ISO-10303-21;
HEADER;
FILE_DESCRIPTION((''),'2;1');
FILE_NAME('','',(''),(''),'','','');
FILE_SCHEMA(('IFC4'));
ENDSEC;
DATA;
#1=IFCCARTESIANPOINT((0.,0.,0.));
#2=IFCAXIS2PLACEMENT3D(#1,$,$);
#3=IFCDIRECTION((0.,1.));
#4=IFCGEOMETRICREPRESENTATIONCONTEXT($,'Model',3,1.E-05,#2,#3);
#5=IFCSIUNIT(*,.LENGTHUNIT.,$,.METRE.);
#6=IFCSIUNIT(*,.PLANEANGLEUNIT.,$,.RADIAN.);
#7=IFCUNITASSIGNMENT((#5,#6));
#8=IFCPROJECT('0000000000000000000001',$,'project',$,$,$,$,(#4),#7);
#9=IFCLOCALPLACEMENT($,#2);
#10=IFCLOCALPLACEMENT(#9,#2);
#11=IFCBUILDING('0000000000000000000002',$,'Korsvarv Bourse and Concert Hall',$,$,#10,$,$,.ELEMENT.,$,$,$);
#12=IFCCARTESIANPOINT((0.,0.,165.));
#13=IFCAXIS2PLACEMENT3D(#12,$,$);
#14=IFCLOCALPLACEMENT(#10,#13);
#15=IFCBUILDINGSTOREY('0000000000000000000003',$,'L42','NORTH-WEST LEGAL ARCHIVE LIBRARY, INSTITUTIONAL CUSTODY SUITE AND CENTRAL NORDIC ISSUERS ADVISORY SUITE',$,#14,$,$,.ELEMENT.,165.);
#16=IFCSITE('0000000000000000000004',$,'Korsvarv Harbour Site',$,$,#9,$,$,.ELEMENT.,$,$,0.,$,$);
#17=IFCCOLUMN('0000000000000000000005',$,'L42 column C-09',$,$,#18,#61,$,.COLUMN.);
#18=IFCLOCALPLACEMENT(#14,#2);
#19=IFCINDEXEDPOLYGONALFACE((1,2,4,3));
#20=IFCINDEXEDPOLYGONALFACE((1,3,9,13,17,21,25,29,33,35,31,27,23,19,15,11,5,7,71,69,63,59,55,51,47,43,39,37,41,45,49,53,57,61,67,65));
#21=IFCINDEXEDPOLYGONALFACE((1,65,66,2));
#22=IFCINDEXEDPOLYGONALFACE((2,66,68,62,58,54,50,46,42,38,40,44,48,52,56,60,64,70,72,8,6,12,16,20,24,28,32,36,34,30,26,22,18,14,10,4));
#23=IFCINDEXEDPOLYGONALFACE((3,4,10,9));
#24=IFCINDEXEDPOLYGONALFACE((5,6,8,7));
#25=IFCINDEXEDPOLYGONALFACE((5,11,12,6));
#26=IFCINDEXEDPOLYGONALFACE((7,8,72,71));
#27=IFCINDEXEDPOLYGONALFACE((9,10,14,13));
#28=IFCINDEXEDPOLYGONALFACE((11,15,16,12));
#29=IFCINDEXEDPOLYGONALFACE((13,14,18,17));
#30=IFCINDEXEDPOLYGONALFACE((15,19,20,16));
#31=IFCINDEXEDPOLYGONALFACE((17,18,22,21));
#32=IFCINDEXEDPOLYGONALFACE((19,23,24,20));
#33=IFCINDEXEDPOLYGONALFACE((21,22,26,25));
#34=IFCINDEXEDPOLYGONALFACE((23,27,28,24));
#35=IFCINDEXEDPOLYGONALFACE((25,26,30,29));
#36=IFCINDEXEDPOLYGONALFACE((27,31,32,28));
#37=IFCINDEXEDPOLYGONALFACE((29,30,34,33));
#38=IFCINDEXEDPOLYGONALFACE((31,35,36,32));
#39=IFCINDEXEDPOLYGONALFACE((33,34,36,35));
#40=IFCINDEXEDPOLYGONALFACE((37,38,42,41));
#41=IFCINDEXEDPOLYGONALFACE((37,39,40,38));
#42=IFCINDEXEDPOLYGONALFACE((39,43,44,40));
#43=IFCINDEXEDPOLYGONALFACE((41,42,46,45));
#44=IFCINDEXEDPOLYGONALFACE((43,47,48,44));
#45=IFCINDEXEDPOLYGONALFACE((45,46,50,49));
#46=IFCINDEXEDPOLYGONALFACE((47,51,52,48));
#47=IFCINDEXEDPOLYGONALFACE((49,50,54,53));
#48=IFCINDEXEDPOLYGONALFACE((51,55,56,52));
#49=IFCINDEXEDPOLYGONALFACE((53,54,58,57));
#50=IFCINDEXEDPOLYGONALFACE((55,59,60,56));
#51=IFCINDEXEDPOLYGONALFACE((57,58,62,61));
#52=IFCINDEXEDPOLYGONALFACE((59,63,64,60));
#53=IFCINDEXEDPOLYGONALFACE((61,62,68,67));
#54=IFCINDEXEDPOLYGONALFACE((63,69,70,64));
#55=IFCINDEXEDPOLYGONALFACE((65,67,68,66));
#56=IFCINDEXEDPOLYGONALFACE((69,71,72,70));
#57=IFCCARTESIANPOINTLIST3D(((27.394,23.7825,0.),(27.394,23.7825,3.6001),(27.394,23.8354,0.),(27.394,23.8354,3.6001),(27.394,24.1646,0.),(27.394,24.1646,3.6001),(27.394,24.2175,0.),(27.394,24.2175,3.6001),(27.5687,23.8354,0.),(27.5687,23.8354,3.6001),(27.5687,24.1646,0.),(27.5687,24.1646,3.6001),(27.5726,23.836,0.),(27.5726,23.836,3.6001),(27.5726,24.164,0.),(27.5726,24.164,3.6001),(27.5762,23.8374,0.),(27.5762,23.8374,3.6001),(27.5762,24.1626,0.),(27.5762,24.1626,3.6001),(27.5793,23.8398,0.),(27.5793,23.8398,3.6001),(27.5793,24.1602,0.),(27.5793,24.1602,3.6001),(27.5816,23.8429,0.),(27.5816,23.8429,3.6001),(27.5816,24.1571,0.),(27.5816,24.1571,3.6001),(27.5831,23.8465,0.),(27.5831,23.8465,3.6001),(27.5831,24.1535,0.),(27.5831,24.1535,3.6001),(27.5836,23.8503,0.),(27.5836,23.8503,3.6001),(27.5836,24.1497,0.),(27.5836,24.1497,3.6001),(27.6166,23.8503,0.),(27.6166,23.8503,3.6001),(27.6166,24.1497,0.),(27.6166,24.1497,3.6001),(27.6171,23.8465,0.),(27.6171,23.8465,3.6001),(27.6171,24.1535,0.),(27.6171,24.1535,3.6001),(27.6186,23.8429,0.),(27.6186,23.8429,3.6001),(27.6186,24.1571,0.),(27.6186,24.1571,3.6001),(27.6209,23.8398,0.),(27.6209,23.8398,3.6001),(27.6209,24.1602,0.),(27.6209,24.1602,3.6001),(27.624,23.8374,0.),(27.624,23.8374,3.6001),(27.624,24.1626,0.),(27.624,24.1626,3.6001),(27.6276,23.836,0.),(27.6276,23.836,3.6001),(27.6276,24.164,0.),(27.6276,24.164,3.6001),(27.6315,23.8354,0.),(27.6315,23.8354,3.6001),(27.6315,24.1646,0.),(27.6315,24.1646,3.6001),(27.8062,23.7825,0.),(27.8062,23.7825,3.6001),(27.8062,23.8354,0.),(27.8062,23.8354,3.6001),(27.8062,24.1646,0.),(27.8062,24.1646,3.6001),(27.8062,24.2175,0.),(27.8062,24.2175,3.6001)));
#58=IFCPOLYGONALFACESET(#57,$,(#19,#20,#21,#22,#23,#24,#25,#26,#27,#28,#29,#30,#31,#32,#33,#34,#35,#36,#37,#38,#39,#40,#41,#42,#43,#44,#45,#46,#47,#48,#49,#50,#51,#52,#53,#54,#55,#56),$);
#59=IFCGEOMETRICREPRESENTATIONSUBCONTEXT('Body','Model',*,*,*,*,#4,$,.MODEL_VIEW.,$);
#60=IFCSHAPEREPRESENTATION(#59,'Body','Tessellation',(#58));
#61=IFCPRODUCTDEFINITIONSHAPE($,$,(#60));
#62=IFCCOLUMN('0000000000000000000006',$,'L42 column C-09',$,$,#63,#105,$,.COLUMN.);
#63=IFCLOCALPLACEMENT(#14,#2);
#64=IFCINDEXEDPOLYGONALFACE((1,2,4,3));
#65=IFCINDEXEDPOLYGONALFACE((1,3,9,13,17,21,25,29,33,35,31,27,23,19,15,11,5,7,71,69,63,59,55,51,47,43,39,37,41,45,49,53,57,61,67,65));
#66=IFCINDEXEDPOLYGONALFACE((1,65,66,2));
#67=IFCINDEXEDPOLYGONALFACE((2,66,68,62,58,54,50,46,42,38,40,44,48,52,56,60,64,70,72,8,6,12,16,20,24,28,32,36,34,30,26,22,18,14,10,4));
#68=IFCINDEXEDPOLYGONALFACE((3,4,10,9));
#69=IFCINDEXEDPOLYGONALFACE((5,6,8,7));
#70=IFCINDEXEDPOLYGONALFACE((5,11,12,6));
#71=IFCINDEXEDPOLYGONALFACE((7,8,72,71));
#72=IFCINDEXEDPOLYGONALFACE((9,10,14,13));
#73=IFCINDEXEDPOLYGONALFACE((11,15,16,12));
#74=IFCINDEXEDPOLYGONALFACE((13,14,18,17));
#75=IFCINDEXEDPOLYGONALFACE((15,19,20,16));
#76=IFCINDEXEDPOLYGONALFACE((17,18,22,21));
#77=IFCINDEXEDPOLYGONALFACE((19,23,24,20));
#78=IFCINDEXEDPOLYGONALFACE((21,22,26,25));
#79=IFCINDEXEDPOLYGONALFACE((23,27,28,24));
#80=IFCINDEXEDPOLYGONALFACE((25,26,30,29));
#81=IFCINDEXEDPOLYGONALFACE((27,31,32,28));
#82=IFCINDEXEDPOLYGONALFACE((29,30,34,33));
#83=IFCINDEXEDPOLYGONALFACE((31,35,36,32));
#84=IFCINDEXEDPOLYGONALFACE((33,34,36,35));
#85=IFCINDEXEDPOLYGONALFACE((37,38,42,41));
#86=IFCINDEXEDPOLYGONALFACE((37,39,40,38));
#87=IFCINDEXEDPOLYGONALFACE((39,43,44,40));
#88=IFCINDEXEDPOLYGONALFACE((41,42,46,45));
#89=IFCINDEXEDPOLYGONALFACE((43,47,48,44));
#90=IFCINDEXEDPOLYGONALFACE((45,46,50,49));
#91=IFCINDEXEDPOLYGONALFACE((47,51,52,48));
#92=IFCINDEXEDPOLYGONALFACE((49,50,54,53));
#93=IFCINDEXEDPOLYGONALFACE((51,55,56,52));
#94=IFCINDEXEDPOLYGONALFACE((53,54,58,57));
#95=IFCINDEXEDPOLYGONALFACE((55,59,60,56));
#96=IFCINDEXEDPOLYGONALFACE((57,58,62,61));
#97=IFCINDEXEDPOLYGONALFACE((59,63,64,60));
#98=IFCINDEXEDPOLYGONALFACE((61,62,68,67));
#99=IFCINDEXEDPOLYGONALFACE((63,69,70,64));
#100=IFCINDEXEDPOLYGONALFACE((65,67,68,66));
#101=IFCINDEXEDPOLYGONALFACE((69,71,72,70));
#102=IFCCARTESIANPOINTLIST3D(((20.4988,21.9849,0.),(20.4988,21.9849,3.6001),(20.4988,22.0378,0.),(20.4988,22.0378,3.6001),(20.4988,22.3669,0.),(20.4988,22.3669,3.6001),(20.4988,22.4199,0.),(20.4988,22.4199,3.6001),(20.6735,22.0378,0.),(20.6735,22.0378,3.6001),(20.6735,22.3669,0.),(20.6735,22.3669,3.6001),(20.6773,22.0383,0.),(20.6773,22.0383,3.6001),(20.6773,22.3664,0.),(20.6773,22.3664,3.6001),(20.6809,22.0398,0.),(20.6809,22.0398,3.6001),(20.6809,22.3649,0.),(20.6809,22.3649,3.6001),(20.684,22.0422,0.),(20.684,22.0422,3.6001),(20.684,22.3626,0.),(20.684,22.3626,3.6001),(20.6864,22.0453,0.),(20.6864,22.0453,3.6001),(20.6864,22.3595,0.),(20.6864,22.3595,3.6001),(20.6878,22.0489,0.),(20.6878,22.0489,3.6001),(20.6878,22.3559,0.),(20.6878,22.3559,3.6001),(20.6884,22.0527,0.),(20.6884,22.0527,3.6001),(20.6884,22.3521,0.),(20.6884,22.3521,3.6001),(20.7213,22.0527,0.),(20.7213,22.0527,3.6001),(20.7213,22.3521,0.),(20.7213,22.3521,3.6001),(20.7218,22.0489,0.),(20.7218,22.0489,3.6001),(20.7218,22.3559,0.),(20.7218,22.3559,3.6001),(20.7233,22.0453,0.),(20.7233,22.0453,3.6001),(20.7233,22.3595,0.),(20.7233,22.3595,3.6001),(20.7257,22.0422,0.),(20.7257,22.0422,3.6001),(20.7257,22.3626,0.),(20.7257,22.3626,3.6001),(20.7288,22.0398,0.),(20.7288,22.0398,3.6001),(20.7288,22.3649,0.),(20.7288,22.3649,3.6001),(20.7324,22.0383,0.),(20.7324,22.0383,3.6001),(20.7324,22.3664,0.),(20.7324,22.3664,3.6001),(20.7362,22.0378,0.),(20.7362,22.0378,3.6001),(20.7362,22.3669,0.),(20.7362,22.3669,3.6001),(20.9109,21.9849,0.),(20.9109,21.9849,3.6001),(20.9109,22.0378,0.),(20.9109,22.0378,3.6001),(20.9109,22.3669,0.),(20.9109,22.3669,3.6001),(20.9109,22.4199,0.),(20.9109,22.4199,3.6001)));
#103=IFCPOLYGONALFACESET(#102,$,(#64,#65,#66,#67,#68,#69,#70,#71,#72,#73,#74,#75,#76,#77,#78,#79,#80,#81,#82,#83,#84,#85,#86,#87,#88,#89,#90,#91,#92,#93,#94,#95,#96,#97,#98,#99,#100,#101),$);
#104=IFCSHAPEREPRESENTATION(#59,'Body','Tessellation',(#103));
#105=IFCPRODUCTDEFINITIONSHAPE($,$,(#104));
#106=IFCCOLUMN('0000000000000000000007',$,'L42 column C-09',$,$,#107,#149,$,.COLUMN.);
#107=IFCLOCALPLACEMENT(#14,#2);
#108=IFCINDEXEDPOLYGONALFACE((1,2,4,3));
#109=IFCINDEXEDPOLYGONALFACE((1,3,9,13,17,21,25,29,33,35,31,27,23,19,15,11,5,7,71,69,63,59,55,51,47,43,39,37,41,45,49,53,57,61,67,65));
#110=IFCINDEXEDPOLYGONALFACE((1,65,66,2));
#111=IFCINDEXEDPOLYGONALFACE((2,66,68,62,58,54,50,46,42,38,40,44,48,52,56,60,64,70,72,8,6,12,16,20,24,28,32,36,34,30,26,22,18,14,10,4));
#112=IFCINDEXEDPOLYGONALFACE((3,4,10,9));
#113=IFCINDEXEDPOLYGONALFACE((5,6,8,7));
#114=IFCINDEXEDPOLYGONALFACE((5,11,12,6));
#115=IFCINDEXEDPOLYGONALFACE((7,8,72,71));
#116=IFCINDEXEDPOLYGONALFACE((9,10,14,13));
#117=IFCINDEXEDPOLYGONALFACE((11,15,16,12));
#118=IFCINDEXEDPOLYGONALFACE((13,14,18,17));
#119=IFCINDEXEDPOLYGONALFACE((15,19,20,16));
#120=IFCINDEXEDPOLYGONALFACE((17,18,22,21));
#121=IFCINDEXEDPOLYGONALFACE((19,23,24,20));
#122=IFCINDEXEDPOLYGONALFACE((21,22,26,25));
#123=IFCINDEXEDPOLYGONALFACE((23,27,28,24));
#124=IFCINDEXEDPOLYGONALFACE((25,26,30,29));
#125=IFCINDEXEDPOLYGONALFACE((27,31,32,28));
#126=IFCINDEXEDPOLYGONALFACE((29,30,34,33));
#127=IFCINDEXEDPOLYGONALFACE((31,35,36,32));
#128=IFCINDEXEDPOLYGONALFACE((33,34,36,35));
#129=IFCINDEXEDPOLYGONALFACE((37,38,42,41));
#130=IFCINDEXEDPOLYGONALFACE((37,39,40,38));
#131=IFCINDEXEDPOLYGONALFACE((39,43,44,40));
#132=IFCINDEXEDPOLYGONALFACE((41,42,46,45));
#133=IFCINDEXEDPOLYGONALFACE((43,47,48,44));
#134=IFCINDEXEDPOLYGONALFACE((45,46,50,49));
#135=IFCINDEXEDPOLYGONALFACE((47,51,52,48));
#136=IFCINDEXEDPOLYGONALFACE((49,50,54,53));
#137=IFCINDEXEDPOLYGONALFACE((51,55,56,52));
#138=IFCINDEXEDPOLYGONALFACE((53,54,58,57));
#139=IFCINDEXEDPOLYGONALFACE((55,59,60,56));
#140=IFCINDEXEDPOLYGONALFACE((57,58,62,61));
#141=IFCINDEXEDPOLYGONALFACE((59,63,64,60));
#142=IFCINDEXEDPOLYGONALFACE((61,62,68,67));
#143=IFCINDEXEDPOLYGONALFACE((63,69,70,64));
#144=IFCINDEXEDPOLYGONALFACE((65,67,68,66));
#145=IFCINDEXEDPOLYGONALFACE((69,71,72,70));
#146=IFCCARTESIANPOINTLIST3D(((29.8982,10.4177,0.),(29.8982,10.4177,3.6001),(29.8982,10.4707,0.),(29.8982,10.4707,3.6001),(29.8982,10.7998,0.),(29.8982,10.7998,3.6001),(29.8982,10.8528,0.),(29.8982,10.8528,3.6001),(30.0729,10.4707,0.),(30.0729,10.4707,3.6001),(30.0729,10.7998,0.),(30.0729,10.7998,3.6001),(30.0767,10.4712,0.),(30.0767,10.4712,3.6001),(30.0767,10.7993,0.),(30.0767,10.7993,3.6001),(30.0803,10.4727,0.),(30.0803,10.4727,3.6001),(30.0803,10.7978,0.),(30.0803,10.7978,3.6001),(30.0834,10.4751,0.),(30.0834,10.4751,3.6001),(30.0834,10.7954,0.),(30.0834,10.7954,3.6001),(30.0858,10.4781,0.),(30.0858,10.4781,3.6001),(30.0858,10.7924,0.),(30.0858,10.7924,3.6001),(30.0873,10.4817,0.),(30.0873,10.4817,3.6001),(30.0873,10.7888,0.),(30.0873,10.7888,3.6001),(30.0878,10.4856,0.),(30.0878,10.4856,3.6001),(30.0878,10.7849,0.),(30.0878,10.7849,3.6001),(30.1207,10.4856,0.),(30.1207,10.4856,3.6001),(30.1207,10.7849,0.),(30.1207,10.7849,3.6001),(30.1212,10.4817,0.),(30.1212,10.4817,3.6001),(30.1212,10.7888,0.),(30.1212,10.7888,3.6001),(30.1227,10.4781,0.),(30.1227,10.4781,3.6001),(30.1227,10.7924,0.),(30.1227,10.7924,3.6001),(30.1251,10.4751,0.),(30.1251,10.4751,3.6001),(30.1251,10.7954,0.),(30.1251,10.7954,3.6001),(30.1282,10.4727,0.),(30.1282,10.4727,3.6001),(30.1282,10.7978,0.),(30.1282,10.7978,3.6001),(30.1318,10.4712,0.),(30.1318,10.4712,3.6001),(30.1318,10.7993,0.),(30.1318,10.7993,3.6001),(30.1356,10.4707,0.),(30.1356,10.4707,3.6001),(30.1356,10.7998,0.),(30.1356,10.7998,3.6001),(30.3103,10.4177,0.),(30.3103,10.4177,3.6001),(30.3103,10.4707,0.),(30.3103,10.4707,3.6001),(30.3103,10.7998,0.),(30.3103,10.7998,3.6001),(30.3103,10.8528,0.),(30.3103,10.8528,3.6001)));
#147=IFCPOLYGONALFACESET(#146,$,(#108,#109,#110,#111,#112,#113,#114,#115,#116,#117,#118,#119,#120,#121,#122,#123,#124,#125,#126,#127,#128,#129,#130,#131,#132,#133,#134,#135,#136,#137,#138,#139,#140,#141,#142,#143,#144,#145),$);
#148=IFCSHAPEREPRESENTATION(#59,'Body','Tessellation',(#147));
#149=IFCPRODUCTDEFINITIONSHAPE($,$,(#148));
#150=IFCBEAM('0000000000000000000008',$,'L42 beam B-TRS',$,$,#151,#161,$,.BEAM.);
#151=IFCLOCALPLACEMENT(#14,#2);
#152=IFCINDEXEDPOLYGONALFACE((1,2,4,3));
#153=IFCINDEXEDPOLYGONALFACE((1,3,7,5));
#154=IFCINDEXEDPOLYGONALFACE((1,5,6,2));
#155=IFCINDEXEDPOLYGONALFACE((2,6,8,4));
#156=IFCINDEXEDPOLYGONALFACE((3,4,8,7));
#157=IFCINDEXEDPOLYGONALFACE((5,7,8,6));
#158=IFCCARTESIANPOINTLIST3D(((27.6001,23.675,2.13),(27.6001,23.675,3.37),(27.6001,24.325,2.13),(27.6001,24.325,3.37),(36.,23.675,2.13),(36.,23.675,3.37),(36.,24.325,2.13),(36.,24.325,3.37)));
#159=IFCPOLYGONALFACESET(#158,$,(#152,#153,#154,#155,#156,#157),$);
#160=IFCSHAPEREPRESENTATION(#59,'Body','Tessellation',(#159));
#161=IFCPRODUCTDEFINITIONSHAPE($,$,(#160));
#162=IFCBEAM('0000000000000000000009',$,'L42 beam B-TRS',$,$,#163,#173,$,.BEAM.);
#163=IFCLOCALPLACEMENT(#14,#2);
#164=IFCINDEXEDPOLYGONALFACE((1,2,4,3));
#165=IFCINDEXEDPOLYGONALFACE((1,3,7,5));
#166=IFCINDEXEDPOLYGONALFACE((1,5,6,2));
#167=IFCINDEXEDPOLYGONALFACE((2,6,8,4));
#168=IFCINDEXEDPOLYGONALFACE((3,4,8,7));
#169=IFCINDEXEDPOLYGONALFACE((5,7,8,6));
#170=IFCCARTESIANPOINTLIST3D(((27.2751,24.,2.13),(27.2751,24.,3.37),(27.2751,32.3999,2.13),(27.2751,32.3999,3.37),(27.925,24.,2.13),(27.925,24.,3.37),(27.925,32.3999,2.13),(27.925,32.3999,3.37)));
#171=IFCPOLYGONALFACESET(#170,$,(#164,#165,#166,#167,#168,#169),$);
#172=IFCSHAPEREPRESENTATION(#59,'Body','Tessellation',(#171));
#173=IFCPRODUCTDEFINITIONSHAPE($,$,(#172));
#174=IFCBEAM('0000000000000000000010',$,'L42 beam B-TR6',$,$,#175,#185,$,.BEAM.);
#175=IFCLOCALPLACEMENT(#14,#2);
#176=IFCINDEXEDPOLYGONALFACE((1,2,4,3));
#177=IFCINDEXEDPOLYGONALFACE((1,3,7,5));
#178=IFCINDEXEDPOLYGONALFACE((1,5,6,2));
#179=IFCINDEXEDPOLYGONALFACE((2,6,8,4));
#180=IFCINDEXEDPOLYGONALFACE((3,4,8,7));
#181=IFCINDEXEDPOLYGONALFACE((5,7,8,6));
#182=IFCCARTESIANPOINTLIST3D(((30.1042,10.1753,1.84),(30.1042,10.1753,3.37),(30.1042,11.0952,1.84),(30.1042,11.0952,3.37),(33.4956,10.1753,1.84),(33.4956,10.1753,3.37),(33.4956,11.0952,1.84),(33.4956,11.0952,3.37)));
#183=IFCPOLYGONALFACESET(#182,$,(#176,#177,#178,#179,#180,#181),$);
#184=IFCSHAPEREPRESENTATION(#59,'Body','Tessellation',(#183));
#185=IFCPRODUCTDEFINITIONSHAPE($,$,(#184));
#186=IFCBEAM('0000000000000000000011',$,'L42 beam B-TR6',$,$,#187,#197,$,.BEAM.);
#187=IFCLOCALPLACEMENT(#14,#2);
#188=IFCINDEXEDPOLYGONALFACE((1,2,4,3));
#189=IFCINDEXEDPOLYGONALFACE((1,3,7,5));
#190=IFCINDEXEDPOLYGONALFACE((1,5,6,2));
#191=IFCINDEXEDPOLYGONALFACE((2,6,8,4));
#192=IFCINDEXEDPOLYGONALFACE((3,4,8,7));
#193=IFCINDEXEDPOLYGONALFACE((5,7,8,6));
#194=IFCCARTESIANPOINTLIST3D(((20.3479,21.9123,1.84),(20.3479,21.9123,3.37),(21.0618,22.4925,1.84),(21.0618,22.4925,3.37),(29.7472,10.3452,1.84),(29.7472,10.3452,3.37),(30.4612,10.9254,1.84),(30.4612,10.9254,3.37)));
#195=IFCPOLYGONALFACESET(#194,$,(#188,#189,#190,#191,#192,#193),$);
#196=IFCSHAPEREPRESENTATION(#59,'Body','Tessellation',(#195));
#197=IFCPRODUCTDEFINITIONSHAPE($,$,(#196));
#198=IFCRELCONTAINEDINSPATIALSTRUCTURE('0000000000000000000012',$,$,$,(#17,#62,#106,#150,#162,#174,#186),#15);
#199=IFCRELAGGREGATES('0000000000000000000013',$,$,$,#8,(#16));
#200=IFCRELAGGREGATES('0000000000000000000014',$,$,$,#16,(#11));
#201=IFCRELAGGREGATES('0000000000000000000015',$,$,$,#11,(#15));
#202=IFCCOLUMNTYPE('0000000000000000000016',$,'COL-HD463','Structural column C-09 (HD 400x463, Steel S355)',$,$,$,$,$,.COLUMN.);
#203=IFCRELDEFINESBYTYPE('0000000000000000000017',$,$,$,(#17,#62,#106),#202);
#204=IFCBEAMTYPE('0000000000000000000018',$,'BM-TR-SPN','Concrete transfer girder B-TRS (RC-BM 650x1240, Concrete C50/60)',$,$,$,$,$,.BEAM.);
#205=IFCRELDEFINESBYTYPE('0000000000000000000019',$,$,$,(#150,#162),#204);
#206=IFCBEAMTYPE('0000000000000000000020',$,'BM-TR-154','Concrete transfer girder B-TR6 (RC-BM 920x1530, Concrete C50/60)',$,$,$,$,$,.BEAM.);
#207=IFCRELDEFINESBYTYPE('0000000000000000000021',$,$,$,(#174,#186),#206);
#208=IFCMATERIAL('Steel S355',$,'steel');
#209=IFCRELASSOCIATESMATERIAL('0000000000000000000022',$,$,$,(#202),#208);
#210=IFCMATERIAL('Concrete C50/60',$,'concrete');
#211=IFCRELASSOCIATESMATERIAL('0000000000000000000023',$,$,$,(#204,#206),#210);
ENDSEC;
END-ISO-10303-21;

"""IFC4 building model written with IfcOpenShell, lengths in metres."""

from ifc_helpers import new_model, si_unit, direction, frame, origin, origin_2d, place, context, subcontext, project, spatial, rectangle, i_section, extrude, source, transform, mapped, material, material_profile, profile_set, type_object, element, save


model = new_model("IFC4")

# Units and contexts
model_context = context("Model", 3, precision=1e-05, world=origin(), true_north=direction((0.0, 1.0)))
body_context = subcontext(model_context, "Body", "Model", "MODEL_VIEW")
ifc_project = project(units=[si_unit("LENGTHUNIT", "METRE"), si_unit("PLANEANGLEUNIT", "RADIAN")], contexts=[model_context])

# Site, building, storey
site_placement = place(None, origin())
site = spatial("IfcSite", under=ifc_project, at=site_placement, Name="Korsvarv Harbour Site", CompositionType="ELEMENT", RefElevation=0.0)
building_placement = place(site_placement, origin())
building = spatial("IfcBuilding", under=site, at=building_placement, Name="Korsvarv Bourse and Concert Hall", CompositionType="ELEMENT")
storey_placement = place(building_placement, frame((0.0, 0.0, 165.0)))
storey = spatial("IfcBuildingStorey", under=building, at=storey_placement, Name="L42", Description="NORTH-WEST LEGAL ARCHIVE LIBRARY, INSTITUTIONAL CUSTODY SUITE AND CENTRAL NORDIC ISSUERS ADVISORY SUITE", CompositionType="ELEMENT", Elevation=165.0)

# Columns
ifc_material_1 = material(Name="Steel S355", Category="steel")
ifc_material_profile_1 = material_profile(ifc_material_1, i_section(OverallWidth=0.4121, OverallDepth=0.4351, WebThickness=0.033, FlangeThickness=0.053, FilletRadius=0.0149, at=origin_2d()), Name="HD 400x463")
ifc_profile_set_1 = profile_set([ifc_material_profile_1], Name="Steel S355")
column_type = type_object("IfcColumnType", Name="COL-HD463", Description="Structural column C-09 (HD 400x463, Steel S355)", PredefinedType="COLUMN", material=ifc_profile_set_1)
shared_shape_1 = source(origin(), body_context, "Body", "SweptSolid", [
    extrude(i_section(OverallWidth=0.4121, OverallDepth=0.4351, WebThickness=0.033, FlangeThickness=0.053, FilletRadius=0.0149, at=origin_2d()), origin(), (0.0, 0.0, 1.0), 3.6001),
])
for number, where, z_axis, x_axis, name in (
    (1, (27.6001, 24.0, 0.0), (0.0, 0.0, 1.0), (1.0, 0.0, 0.0), "L42 column C-09"),
    (2, (20.7048, 22.2024, 0.0), (0.0, 0.0, 1.0), (1.0, 0.0, 0.0), "L42 column C-09"),
    (3, (30.1042, 10.6353, 0.0), (0.0, 0.0, 1.0), (1.0, 0.0, 0.0), "L42 column C-09"),
):
    element("IfcColumn", number, at=place(storey_placement, frame(where, z_axis=z_axis, x_axis=x_axis)), inside=storey, type_object=column_type, Name=name, PredefinedType="COLUMN", context=body_context, shape_type="MappedRepresentation", body=[
        mapped(shared_shape_1, transform((0.0, 0.0, 0.0), scale=1.0)),
    ])

# Beams
ifc_material_2 = material(Name="Concrete C50/60", Category="concrete")
ifc_material_profile_2 = material_profile(ifc_material_2, rectangle(XDim=0.6499, YDim=1.24, at=origin_2d()), Name="RC-BM 650x1240")
ifc_profile_set_2 = profile_set([ifc_material_profile_2], Name="Concrete C50/60")
beam_type_1 = type_object("IfcBeamType", Name="BM-TR-SPN", Description="Concrete transfer girder B-TRS (RC-BM 650x1240, Concrete C50/60)", PredefinedType="BEAM", material=ifc_profile_set_2)
shared_shape_2 = source(origin(), body_context, "Body", "SweptSolid", [
    extrude(rectangle(XDim=0.6499, YDim=1.24, at=origin_2d()), origin(), (0.0, 0.0, 1.0), 8.3999),
])
for number, where, z_axis, x_axis, name in (
    (4, (27.6001, 24.0, 2.75), (1.0, 0.0, 0.0), (0.0, 1.0, 0.0), "L42 beam B-TRS"),
    (5, (27.6001, 24.0, 2.75), (0.0, 1.0, 0.0), (-1.0, 0.0, 0.0), "L42 beam B-TRS"),
):
    element("IfcBeam", number, at=place(storey_placement, frame(where, z_axis=z_axis, x_axis=x_axis)), inside=storey, type_object=beam_type_1, Name=name, PredefinedType="BEAM", context=body_context, shape_type="MappedRepresentation", body=[
        mapped(shared_shape_2, transform((0.0, 0.0, 0.0), scale=1.0)),
    ])
ifc_material_profile_3 = material_profile(ifc_material_2, rectangle(XDim=0.9199, YDim=1.53, at=origin_2d()), Name="RC-BM 920x1530")
ifc_profile_set_3 = profile_set([ifc_material_profile_3], Name="Concrete C50/60")
beam_type_2 = type_object("IfcBeamType", Name="BM-TR-154", Description="Concrete transfer girder B-TR6 (RC-BM 920x1530, Concrete C50/60)", PredefinedType="BEAM", material=ifc_profile_set_3)
shared_shape_3 = source(origin(), body_context, "Body", "SweptSolid", [
    extrude(rectangle(XDim=0.9199, YDim=1.53, at=origin_2d()), origin(), (0.0, 0.0, 1.0), 3.3914),
])
beam_1_placement = place(storey_placement, frame((30.1042, 10.6353, 2.605), z_axis=(1.0, 0.0, 0.0), x_axis=(0.0, 1.0, 0.0)))
element("IfcBeam", 6, at=beam_1_placement, inside=storey, type_object=beam_type_2, Name="L42 beam B-TR6", PredefinedType="BEAM", context=body_context, shape_type="MappedRepresentation", body=[
    mapped(shared_shape_3, transform((0.0, 0.0, 0.0), scale=1.0)),
])
shared_shape_4 = source(origin(), body_context, "Body", "SweptSolid", [
    extrude(rectangle(XDim=0.9199, YDim=1.53, at=origin_2d()), origin(), (0.0, 0.0, 1.0), 14.9045),
])
beam_2_placement = place(storey_placement, frame((20.7048, 22.2024, 2.605), z_axis=(0.630638, -0.776077, 0.0), x_axis=(0.776077, 0.630638, 0.0)))
element("IfcBeam", 7, at=beam_2_placement, inside=storey, type_object=beam_type_2, Name="L42 beam B-TR6", PredefinedType="BEAM", context=body_context, shape_type="MappedRepresentation", body=[
    mapped(shared_shape_4, transform((0.0, 0.0, 0.0), scale=1.0)),
])

save(model, "model.ifc")
